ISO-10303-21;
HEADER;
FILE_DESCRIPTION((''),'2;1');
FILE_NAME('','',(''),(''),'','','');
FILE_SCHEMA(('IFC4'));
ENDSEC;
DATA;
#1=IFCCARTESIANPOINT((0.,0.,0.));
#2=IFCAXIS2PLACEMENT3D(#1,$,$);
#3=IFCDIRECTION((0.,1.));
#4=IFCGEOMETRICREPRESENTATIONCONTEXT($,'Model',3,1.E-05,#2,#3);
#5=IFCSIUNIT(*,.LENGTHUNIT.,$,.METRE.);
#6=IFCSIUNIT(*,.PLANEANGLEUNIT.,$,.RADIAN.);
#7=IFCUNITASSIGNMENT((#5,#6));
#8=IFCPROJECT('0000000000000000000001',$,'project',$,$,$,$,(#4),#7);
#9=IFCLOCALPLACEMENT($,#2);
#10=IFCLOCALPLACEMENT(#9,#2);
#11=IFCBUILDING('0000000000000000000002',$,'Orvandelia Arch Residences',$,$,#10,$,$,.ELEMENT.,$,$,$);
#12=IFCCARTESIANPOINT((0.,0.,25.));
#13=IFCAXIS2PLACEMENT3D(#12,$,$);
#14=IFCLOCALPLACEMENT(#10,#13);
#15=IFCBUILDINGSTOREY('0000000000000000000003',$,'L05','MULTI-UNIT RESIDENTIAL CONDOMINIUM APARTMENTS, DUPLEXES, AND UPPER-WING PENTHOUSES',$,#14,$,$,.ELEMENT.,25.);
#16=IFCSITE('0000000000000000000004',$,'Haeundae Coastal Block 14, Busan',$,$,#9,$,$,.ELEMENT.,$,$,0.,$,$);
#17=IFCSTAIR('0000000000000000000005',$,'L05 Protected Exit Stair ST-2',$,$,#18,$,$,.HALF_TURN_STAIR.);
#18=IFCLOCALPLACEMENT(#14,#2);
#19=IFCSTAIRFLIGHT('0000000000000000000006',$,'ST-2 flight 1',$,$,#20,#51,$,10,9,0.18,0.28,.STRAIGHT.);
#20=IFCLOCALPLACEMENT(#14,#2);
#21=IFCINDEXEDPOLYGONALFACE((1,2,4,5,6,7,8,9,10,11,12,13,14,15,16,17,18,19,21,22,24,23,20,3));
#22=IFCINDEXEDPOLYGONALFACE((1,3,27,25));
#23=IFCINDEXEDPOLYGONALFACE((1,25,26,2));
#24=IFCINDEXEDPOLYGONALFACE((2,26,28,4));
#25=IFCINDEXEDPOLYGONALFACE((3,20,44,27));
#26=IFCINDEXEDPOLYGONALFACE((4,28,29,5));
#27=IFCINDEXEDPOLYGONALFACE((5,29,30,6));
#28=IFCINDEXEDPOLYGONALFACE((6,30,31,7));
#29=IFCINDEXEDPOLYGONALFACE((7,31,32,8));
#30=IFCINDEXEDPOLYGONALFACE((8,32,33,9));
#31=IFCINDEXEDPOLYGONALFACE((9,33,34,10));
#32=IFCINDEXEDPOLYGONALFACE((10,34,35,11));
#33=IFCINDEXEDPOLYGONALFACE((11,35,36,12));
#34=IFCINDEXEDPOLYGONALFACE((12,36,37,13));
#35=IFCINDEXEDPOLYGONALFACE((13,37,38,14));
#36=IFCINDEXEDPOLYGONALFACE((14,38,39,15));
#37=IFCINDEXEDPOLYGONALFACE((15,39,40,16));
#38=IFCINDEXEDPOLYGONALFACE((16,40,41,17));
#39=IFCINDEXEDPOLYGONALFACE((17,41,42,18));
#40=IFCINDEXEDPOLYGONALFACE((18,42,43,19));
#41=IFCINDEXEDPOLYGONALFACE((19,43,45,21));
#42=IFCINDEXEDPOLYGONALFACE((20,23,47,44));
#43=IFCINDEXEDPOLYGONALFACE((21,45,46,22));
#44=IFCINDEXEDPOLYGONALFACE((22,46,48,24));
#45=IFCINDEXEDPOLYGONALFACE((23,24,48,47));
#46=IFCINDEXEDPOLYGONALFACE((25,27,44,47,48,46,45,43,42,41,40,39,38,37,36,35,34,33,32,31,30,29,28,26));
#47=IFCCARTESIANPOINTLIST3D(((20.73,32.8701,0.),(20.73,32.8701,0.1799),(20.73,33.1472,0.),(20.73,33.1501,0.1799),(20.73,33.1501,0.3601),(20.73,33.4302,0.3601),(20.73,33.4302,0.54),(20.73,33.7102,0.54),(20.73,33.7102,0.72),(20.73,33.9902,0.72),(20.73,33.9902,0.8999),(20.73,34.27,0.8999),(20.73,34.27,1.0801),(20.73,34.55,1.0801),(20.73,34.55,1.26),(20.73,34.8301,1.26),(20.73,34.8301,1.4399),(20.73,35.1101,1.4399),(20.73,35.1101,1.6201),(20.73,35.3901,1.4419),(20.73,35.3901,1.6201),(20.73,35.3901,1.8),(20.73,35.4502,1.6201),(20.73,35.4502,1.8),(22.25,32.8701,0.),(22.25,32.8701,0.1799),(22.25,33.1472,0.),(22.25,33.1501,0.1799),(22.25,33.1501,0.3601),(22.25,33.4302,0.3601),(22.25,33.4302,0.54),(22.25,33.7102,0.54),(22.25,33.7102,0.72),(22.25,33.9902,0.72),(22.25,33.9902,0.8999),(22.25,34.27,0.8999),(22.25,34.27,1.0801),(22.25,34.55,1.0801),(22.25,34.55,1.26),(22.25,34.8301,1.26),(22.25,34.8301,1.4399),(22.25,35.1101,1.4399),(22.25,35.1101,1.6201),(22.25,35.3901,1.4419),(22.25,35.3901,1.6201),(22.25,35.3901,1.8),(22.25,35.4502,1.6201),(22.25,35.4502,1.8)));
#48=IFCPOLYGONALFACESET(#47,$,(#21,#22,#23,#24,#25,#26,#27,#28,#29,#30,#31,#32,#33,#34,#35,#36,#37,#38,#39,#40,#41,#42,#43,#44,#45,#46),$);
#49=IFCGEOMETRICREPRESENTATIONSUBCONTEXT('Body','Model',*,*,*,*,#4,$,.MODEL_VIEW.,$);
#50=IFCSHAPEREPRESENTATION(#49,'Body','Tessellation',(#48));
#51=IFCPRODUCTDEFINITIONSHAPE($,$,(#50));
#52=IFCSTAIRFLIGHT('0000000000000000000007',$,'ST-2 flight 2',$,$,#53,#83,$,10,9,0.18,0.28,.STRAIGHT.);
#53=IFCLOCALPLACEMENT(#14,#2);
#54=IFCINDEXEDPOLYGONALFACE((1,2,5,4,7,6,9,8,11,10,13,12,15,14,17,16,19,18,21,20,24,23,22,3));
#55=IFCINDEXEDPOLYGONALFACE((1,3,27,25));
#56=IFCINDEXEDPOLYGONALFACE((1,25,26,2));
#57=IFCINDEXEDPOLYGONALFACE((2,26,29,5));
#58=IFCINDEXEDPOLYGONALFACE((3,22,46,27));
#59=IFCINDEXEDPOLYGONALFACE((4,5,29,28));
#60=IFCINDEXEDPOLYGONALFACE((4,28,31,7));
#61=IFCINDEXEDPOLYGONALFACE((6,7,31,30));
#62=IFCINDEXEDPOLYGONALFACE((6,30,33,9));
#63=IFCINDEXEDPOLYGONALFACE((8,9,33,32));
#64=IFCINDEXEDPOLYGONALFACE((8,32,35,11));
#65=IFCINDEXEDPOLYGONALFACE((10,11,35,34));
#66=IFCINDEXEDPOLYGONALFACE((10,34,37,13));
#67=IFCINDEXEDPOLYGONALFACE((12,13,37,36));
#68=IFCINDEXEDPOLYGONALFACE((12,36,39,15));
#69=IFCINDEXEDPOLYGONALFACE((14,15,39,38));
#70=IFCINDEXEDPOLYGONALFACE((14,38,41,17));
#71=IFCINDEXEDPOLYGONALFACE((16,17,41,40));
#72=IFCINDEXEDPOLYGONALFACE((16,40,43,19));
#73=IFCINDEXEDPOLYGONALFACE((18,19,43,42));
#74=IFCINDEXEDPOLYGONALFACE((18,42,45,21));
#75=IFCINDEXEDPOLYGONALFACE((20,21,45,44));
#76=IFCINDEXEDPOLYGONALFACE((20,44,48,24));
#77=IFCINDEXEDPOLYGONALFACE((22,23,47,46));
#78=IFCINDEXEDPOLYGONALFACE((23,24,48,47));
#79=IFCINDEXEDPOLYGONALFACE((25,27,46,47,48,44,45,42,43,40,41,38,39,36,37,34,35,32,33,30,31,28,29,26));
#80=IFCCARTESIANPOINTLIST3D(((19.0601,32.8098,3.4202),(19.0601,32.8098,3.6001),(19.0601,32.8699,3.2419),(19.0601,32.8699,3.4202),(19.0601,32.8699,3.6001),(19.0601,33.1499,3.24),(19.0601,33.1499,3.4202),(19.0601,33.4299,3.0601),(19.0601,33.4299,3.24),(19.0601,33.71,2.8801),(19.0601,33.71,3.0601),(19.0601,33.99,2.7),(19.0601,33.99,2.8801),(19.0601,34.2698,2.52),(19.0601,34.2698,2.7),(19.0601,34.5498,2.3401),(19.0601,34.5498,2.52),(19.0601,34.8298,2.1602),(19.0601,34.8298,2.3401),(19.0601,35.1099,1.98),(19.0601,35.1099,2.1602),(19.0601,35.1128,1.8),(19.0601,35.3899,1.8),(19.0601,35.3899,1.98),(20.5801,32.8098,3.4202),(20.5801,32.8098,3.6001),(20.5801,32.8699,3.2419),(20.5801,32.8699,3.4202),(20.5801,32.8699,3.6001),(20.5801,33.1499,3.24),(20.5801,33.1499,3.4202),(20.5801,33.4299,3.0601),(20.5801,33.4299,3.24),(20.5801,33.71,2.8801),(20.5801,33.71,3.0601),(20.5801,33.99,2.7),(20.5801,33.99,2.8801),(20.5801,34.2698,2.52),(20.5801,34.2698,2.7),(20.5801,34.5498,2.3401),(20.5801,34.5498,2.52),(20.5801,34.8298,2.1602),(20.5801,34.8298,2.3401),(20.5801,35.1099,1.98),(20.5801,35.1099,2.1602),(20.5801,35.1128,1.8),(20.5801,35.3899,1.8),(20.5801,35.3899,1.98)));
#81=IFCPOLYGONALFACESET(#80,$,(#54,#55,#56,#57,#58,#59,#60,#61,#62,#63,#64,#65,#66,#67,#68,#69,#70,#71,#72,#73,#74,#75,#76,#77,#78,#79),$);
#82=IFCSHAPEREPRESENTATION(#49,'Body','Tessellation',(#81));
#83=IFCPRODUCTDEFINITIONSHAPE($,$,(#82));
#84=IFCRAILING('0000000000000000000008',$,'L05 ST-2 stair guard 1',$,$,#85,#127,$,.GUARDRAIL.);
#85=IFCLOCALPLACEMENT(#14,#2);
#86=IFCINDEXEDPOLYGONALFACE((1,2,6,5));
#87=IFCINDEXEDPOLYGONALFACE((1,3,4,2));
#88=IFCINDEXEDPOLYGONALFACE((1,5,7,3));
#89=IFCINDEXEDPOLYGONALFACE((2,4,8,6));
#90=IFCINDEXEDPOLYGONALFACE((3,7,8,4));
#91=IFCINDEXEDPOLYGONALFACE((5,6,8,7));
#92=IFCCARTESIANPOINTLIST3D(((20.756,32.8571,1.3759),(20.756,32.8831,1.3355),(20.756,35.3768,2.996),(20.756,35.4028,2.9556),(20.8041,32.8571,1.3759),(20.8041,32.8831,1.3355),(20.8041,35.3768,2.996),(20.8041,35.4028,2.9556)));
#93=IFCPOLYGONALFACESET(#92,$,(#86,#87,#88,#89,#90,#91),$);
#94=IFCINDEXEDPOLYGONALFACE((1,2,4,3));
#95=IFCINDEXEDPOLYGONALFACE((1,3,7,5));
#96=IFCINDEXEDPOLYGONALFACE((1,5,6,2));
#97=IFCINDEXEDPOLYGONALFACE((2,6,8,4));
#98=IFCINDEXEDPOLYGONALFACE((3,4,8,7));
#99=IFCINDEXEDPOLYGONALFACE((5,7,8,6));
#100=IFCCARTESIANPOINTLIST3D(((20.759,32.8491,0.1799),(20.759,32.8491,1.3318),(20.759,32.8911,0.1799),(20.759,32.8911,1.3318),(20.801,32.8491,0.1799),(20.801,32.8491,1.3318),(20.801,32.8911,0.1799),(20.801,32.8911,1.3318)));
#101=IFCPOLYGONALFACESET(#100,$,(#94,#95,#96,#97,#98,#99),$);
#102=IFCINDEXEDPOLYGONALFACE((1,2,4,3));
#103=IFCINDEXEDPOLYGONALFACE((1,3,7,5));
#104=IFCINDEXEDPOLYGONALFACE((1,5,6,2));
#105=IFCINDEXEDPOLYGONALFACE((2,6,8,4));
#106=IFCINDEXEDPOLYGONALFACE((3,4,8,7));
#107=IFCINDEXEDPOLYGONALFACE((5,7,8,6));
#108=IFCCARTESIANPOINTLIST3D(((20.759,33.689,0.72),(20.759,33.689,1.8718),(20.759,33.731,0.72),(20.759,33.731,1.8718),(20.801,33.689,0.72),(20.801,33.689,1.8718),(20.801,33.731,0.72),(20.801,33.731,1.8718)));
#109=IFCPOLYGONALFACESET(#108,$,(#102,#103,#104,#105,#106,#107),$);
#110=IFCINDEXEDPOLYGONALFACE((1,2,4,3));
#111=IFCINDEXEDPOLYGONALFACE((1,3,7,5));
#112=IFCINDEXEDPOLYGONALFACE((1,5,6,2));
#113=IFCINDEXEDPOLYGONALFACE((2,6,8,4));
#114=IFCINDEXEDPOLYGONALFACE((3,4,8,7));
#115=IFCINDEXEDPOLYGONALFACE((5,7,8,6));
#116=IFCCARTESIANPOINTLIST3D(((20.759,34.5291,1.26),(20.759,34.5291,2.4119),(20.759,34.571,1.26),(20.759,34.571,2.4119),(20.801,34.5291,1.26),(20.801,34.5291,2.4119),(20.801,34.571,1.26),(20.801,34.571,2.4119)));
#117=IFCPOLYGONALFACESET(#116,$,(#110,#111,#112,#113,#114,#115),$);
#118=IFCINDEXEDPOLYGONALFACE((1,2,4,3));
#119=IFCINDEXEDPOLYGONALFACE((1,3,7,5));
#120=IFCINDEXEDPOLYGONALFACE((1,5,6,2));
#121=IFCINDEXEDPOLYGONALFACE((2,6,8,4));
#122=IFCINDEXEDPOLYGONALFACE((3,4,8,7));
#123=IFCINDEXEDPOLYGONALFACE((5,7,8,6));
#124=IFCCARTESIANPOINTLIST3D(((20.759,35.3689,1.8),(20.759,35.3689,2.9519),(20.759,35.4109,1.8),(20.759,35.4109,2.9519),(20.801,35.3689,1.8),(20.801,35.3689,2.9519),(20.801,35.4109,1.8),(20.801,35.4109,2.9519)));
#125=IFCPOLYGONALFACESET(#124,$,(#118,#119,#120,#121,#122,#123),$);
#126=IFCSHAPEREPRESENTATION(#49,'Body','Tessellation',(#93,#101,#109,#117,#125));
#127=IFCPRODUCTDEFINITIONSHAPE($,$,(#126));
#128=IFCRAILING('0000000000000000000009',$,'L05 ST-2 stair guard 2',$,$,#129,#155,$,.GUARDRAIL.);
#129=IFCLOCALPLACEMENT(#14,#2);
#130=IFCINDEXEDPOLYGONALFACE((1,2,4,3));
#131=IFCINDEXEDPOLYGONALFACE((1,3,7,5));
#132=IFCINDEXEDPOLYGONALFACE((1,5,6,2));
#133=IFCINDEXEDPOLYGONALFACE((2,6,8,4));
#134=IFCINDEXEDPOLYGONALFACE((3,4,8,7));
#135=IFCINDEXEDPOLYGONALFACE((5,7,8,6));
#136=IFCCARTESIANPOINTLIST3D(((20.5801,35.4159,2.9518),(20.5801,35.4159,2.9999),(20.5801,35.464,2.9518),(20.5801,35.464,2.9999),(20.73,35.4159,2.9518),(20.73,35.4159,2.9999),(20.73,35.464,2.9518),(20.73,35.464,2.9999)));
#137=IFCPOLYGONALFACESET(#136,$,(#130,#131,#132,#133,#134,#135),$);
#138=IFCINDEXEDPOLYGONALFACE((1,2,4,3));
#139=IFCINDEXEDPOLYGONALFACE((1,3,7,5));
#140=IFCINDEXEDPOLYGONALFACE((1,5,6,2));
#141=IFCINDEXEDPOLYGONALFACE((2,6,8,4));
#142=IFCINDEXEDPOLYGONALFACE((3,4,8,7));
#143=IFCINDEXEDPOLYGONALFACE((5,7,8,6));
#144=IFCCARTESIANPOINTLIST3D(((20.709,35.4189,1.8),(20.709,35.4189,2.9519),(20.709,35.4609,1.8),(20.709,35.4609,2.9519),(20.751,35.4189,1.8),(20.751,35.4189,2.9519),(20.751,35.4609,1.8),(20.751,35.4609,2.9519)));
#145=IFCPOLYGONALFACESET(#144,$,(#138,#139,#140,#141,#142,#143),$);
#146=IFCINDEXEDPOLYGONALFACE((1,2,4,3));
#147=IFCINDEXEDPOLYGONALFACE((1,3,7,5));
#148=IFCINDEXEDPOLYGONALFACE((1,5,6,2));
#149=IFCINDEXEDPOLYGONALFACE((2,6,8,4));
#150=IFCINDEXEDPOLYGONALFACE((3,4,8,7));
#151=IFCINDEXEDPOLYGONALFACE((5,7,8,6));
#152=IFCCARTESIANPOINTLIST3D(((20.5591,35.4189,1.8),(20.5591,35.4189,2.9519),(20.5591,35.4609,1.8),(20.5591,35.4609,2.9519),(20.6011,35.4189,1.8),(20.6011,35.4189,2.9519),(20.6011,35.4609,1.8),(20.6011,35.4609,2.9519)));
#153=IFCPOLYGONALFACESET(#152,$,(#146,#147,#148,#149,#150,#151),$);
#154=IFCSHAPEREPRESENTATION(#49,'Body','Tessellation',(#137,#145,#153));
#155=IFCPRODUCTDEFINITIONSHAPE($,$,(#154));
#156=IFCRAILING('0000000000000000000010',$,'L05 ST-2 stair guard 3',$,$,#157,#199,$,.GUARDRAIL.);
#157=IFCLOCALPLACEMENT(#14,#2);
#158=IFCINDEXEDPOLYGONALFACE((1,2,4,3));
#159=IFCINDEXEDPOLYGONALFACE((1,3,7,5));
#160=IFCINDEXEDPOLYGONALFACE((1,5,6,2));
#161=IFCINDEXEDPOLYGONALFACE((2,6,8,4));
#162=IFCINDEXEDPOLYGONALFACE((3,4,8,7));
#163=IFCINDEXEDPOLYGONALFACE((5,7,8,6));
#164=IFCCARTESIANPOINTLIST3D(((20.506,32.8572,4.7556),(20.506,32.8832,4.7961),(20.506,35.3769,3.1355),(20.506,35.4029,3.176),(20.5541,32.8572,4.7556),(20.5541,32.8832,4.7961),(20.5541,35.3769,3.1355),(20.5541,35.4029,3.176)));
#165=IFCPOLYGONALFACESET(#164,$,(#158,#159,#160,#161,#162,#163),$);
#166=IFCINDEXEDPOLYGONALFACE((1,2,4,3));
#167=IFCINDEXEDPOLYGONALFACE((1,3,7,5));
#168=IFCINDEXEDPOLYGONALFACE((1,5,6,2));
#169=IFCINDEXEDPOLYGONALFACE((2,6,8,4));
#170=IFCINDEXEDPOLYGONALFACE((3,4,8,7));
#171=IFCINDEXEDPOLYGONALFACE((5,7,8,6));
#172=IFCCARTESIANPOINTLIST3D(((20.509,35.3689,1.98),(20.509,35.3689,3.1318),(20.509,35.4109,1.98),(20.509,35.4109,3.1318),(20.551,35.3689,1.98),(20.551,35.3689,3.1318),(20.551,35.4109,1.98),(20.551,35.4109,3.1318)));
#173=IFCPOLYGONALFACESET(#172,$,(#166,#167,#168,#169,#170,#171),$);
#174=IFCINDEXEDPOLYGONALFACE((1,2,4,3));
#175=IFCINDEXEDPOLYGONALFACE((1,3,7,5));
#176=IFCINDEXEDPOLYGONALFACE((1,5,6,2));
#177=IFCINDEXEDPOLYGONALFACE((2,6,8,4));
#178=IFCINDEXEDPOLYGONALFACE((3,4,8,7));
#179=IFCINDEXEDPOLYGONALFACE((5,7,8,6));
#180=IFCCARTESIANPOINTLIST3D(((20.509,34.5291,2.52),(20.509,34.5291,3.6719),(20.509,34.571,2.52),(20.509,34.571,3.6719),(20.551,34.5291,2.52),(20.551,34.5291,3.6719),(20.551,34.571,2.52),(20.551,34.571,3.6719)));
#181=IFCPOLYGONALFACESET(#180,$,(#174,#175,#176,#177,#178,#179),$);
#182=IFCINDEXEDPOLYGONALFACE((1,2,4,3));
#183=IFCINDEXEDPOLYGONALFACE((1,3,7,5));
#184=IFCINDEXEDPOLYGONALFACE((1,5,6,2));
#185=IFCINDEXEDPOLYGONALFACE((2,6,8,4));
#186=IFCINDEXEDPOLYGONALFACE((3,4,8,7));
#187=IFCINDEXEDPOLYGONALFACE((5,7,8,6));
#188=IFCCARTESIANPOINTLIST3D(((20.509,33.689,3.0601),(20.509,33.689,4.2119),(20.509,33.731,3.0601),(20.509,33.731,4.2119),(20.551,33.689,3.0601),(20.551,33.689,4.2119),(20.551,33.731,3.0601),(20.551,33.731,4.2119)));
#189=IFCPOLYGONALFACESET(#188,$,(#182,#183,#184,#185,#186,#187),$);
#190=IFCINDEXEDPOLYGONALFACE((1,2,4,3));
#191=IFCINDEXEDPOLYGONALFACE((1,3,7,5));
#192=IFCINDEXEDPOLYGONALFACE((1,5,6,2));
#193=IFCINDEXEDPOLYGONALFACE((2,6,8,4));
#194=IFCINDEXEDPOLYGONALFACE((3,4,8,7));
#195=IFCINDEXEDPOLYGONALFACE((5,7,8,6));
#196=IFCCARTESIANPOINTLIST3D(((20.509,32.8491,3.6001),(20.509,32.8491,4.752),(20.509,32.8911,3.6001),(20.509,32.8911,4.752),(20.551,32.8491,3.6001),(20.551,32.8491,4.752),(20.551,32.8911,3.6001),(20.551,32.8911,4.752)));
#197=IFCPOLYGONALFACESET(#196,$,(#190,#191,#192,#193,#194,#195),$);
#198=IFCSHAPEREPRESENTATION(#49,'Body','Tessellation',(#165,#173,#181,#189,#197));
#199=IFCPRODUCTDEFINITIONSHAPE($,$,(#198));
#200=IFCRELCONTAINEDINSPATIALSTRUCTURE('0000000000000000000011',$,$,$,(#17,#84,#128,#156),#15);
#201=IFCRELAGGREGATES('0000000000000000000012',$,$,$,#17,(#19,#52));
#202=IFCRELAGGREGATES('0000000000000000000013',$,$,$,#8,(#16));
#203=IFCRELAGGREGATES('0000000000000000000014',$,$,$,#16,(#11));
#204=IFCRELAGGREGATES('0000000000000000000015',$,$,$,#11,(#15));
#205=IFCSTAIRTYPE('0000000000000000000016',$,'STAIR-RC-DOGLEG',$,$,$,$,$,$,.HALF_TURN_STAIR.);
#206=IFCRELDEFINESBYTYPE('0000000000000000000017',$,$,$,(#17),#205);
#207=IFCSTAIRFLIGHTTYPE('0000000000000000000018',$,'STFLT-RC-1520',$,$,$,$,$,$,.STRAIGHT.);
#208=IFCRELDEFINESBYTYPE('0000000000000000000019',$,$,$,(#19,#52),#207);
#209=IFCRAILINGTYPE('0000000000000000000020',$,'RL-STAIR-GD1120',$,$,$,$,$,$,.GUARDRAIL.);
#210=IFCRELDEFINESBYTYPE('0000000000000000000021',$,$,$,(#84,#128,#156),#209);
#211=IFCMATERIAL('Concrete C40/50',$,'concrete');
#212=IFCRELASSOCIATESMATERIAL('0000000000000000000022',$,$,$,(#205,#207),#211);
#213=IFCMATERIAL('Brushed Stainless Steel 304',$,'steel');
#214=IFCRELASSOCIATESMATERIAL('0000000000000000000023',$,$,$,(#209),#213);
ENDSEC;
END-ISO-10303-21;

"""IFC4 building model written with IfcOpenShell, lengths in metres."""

from ifc_helpers import new_model, si_unit, direction, frame, origin, origin_2d, place, context, subcontext, project, spatial, polyline, rectangle, outline, extrude, material, type_object, element, aggregate, save


model = new_model("IFC4")

# Units and contexts
model_context = context("Model", 3, precision=1e-05, world=origin(), true_north=direction((0.0, 1.0)))
body_context = subcontext(model_context, "Body", "Model", "MODEL_VIEW")
ifc_project = project(units=[si_unit("LENGTHUNIT", "METRE"), si_unit("PLANEANGLEUNIT", "RADIAN")], contexts=[model_context])

# Site, building, storey
site_placement = place(None, origin())
site = spatial("IfcSite", under=ifc_project, at=site_placement, Name="Haeundae Coastal Block 14, Busan", CompositionType="ELEMENT", RefElevation=0.0)
building_placement = place(site_placement, origin())
building = spatial("IfcBuilding", under=site, at=building_placement, Name="Orvandelia Arch Residences", CompositionType="ELEMENT")
storey_placement = place(building_placement, frame((0.0, 0.0, 25.0)))
storey = spatial("IfcBuildingStorey", under=building, at=storey_placement, Name="L05", Description="MULTI-UNIT RESIDENTIAL CONDOMINIUM APARTMENTS, DUPLEXES, AND UPPER-WING PENTHOUSES", CompositionType="ELEMENT", Elevation=25.0)

# Stair, stair flights
ifc_material_1 = material(Name="Concrete C40/50", Category="concrete")
stair_type = type_object("IfcStairType", Name="STAIR-RC-DOGLEG", PredefinedType="HALF_TURN_STAIR", material=ifc_material_1)
stair_placement = place(storey_placement, origin())
stair = element("IfcStair", 1, at=stair_placement, inside=storey, type_object=stair_type, Name="L05 Protected Exit Stair ST-2", PredefinedType="HALF_TURN_STAIR")
stair_flight_type = type_object("IfcStairFlightType", Name="STFLT-RC-1520", PredefinedType="STRAIGHT", material=ifc_material_1)
stair_flight_1_placement = place(storey_placement, frame((21.49, 32.8701, 0.0), z_axis=(0.0, 0.0, 1.0), x_axis=(0.0, 1.0, 0.0)))
stair_flight_1 = element("IfcStairFlight", 2, at=stair_flight_1_placement, type_object=stair_flight_type, Name="ST-2 flight 1", NumberOfRisers=10, NumberOfTreads=9, PredefinedType="STRAIGHT", RiserHeight=0.18, TreadLength=0.28, context=body_context, shape_type="SweptSolid", body=[
    extrude(outline(polyline([(0.0, 0.0), (0.0, 0.1799), (0.28, 0.1799), (0.28, 0.3601), (0.5601, 0.3601), (0.5601, 0.54), (0.8401, 0.54), (0.8401, 0.72), (1.1201, 0.72), (1.1201, 0.8999), (1.3999, 0.8999), (1.3999, 1.0801), (1.6799, 1.0801), (1.6799, 1.26), (1.96, 1.26), (1.96, 1.4399), (2.24, 1.4399), (2.24, 1.6201), (2.52, 1.6201), (2.52, 1.8), (2.5801, 1.8), (2.5801, 1.6201), (2.52, 1.4419), (0.2771, 0.0), (0.0, 0.0)])), frame((0.0, 0.76, 0.0), z_axis=(0.0, -1.0, 0.0), x_axis=(1.0, 0.0, 0.0)), (0.0, 0.0, 1.0), 1.52),
])
stair_flight_2_placement = place(storey_placement, frame((19.8201, 35.3899, 1.8), z_axis=(0.0, 0.0, 1.0), x_axis=(0.0, -1.0, 0.0)))
stair_flight_2 = element("IfcStairFlight", 3, at=stair_flight_2_placement, type_object=stair_flight_type, Name="ST-2 flight 2", NumberOfRisers=10, NumberOfTreads=9, PredefinedType="STRAIGHT", RiserHeight=0.18, TreadLength=0.28, context=body_context, shape_type="SweptSolid", body=[
    extrude(outline(polyline([(0.0, 0.0), (0.0, 0.1799), (0.28, 0.1799), (0.28, 0.3601), (0.5601, 0.3601), (0.5601, 0.54), (0.8401, 0.54), (0.8401, 0.72), (1.1201, 0.72), (1.1201, 0.8999), (1.3999, 0.8999), (1.3999, 1.0801), (1.6799, 1.0801), (1.6799, 1.26), (1.96, 1.26), (1.96, 1.4399), (2.24, 1.4399), (2.24, 1.6201), (2.52, 1.6201), (2.52, 1.8), (2.5801, 1.8), (2.5801, 1.6201), (2.52, 1.4419), (0.2771, 0.0), (0.0, 0.0)])), frame((0.0, 0.76, 0.0), z_axis=(0.0, -1.0, 0.0), x_axis=(1.0, 0.0, 0.0)), (0.0, 0.0, 1.0), 1.52),
])
aggregate(stair, [stair_flight_1, stair_flight_2])

# Railings
ifc_material_2 = material(Name="Brushed Stainless Steel 304", Category="steel")
railing_type_1 = type_object("IfcRailingType", Name="RL-STAIR-GD1120", PredefinedType="GUARDRAIL", material=ifc_material_2)
railing_1_placement = place(storey_placement, frame((20.78, 32.8701, 0.1799)))
element("IfcRailing", 4, at=railing_1_placement, inside=storey, type_object=railing_type_1, Name="L05 ST-2 stair guard 1", PredefinedType="GUARDRAIL", context=body_context, shape_type="SweptSolid", body=[
    extrude(rectangle(XDim=0.0481, YDim=0.0481, at=origin_2d()), frame((0.0, 0.0, 1.1758), z_axis=(0.0, 0.841139, 0.540819), x_axis=(-1.0, 0.0, 0.0)), (0.0, 0.0, 1.0), 2.9956),
    extrude(rectangle(XDim=0.042, YDim=0.042, at=origin_2d()), origin(), (0.0, 0.0, 1.0), 1.1519),
    extrude(rectangle(XDim=0.042, YDim=0.042, at=origin_2d()), frame((0.0, 0.8398, 0.54)), (0.0, 0.0, 1.0), 1.1519),
    extrude(rectangle(XDim=0.042, YDim=0.042, at=origin_2d()), frame((0.0, 1.6799, 1.0801)), (0.0, 0.0, 1.0), 1.1519),
    extrude(rectangle(XDim=0.042, YDim=0.042, at=origin_2d()), frame((0.0, 2.5198, 1.6201)), (0.0, 0.0, 1.0), 1.1519),
])
railing_2_placement = place(storey_placement, frame((20.73, 35.4399, 1.8)))
element("IfcRailing", 5, at=railing_2_placement, inside=storey, type_object=railing_type_1, Name="L05 ST-2 stair guard 2", PredefinedType="GUARDRAIL", context=body_context, shape_type="SweptSolid", body=[
    extrude(rectangle(XDim=0.0481, YDim=0.0481, at=origin_2d()), frame((0.0, 0.0, 1.1758), z_axis=(-1.0, 0.0, 0.0), x_axis=(0.0, -1.0, 0.0)), (0.0, 0.0, 1.0), 0.1499),
    extrude(rectangle(XDim=0.042, YDim=0.042, at=origin_2d()), origin(), (0.0, 0.0, 1.0), 1.1519),
    extrude(rectangle(XDim=0.042, YDim=0.042, at=origin_2d()), frame((-0.1499, 0.0, 0.0)), (0.0, 0.0, 1.0), 1.1519),
])
railing_3_placement = place(storey_placement, frame((20.53, 35.3899, 1.98)))
element("IfcRailing", 6, at=railing_3_placement, inside=storey, type_object=railing_type_1, Name="L05 ST-2 stair guard 3", PredefinedType="GUARDRAIL", context=body_context, shape_type="SweptSolid", body=[
    extrude(rectangle(XDim=0.0481, YDim=0.0481, at=origin_2d()), frame((0.0, 0.0, 1.1758), z_axis=(0.0, -0.841139, 0.540819), x_axis=(1.0, 0.0, 0.0)), (0.0, 0.0, 1.0), 2.9956),
    extrude(rectangle(XDim=0.042, YDim=0.042, at=origin_2d()), origin(), (0.0, 0.0, 1.0), 1.1519),
    extrude(rectangle(XDim=0.042, YDim=0.042, at=origin_2d()), frame((0.0, -0.8398, 0.54)), (0.0, 0.0, 1.0), 1.1519),
    extrude(rectangle(XDim=0.042, YDim=0.042, at=origin_2d()), frame((0.0, -1.6799, 1.0801)), (0.0, 0.0, 1.0), 1.1519),
    extrude(rectangle(XDim=0.042, YDim=0.042, at=origin_2d()), frame((0.0, -2.5198, 1.6201)), (0.0, 0.0, 1.0), 1.1519),
])

save(model, "model.ifc")
